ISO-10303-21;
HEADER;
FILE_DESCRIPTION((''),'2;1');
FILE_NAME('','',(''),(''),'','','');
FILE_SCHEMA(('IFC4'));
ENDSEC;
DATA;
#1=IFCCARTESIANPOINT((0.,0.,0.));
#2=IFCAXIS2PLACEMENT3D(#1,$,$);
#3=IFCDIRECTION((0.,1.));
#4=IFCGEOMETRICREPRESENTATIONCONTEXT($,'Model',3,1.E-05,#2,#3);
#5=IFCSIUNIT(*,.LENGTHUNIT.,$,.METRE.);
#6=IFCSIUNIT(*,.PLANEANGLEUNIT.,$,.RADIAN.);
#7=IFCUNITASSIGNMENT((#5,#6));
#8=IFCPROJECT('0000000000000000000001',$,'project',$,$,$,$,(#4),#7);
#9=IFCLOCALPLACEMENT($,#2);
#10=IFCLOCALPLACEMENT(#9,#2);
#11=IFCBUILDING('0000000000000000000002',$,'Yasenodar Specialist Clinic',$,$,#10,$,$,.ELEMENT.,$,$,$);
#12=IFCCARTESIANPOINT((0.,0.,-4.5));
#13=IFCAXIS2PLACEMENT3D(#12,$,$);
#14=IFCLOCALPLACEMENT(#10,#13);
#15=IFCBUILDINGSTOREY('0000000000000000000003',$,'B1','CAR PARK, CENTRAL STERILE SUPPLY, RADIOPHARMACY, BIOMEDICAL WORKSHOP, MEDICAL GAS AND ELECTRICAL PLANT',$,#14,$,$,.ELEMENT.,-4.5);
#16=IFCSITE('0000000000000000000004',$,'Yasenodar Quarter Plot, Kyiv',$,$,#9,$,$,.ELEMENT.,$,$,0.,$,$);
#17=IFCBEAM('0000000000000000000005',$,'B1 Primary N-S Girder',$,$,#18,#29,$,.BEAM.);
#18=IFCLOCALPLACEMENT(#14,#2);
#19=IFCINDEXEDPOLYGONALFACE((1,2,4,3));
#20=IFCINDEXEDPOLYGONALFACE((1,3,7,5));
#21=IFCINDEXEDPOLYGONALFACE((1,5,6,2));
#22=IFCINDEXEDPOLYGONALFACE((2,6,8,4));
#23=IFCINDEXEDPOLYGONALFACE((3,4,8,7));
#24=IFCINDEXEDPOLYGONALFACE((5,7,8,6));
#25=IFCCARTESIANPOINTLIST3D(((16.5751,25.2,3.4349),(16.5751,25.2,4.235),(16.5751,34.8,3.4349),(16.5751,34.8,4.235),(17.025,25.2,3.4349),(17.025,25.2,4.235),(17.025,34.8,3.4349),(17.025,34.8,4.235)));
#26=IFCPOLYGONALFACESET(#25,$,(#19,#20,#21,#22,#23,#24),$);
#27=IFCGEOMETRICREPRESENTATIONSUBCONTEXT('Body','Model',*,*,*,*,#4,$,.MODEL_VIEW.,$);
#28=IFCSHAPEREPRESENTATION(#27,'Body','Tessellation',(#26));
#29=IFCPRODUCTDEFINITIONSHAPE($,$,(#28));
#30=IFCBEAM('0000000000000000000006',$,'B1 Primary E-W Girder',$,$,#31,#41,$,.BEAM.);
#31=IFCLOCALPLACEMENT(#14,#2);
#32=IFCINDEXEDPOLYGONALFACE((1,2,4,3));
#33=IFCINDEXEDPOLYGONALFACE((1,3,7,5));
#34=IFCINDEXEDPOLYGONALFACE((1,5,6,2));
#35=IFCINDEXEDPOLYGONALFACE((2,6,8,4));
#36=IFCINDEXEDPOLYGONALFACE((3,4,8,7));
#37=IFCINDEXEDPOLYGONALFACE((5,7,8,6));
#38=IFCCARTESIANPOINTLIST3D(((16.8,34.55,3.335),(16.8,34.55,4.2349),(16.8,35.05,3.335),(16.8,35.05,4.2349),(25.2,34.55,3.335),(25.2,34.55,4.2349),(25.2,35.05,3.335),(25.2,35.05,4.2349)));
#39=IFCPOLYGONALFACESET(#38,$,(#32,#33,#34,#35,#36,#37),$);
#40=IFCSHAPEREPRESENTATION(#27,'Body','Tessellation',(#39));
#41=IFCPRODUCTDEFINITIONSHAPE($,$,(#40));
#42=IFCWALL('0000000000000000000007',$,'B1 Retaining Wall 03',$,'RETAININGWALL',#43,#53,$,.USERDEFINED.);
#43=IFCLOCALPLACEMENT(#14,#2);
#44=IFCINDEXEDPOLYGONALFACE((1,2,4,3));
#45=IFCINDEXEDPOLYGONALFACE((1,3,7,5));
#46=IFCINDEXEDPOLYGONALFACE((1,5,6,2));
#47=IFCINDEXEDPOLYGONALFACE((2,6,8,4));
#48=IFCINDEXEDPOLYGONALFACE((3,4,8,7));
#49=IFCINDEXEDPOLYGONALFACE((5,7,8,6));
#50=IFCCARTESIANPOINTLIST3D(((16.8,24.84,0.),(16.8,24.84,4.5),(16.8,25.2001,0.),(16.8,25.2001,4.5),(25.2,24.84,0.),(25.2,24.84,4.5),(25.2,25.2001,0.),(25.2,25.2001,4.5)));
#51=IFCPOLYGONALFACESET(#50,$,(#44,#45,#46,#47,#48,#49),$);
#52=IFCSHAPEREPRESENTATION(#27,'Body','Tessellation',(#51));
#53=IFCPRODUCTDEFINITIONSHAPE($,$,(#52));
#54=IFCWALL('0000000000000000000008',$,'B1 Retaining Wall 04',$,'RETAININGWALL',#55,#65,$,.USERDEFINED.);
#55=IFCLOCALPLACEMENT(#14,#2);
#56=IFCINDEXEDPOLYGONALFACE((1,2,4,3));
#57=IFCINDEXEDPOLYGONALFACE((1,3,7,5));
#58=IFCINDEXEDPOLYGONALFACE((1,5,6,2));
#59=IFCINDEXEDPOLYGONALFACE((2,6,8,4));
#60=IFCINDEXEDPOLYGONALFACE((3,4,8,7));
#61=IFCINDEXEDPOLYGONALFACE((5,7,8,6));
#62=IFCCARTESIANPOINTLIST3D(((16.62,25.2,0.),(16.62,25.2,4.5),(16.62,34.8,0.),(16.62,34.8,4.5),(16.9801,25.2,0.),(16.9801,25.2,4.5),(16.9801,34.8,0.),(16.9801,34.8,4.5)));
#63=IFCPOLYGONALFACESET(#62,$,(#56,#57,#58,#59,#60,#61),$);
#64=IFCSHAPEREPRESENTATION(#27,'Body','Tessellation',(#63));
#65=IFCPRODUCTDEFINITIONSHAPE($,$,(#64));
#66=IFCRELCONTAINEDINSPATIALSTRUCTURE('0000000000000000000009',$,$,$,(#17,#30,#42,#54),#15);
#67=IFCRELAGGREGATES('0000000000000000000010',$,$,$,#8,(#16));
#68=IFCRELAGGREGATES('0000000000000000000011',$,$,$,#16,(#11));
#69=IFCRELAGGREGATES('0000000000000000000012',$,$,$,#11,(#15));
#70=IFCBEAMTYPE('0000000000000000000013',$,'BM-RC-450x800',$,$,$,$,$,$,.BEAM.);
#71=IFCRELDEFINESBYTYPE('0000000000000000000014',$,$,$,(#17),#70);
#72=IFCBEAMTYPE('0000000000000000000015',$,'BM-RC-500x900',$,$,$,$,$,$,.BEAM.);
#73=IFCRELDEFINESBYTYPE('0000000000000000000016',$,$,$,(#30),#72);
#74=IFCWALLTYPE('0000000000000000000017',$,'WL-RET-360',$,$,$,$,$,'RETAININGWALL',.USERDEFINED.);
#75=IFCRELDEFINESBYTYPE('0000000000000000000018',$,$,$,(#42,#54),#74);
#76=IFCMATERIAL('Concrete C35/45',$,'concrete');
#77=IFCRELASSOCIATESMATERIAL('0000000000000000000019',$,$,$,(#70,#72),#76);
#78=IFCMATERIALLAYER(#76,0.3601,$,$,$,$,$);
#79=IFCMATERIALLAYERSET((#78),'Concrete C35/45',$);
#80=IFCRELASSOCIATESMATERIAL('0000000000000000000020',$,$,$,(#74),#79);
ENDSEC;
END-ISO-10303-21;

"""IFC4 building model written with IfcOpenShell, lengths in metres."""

from ifc_helpers import new_model, si_unit, direction, frame, frame_2d, origin, origin_2d, place, context, subcontext, project, spatial, rectangle, extrude, material, layer, layer_set, material_profile, profile_set, type_object, element, save


model = new_model("IFC4")

# Units and contexts
model_context = context("Model", 3, precision=1e-05, world=origin(), true_north=direction((0.0, 1.0)))
body_context = subcontext(model_context, "Body", "Model", "MODEL_VIEW")
ifc_project = project(units=[si_unit("LENGTHUNIT", "METRE"), si_unit("PLANEANGLEUNIT", "RADIAN")], contexts=[model_context])

# Site, building, storey
site_placement = place(None, origin())
site = spatial("IfcSite", under=ifc_project, at=site_placement, Name="Yasenodar Quarter Plot, Kyiv", CompositionType="ELEMENT", RefElevation=0.0)
building_placement = place(site_placement, origin())
building = spatial("IfcBuilding", under=site, at=building_placement, Name="Yasenodar Specialist Clinic", CompositionType="ELEMENT")
storey_placement = place(building_placement, frame((0.0, 0.0, -4.5)))
storey = spatial("IfcBuildingStorey", under=building, at=storey_placement, Name="B1", Description="CAR PARK, CENTRAL STERILE SUPPLY, RADIOPHARMACY, BIOMEDICAL WORKSHOP, MEDICAL GAS AND ELECTRICAL PLANT", CompositionType="ELEMENT", Elevation=-4.5)

# Shared definitions
ifc_material_1 = material(Name="Concrete C35/45", Category="concrete")

# Beams
ifc_material_profile_1 = material_profile(ifc_material_1, rectangle(XDim=0.45, YDim=0.8, at=origin_2d()), Name="RC 450x800")
ifc_profile_set_1 = profile_set([ifc_material_profile_1], Name="Concrete C35/45")
beam_type_1 = type_object("IfcBeamType", Name="BM-RC-450x800", PredefinedType="BEAM", material=ifc_profile_set_1)
beam_1_placement = place(storey_placement, frame((16.8, 25.2, 3.835), z_axis=(0.0, 1.0, 0.0), x_axis=(-1.0, 0.0, 0.0)))
element("IfcBeam", 1, at=beam_1_placement, inside=storey, type_object=beam_type_1, Name="B1 Primary N-S Girder", PredefinedType="BEAM", context=body_context, shape_type="SweptSolid", body=[
    extrude(rectangle(XDim=0.45, YDim=0.8, at=origin_2d()), origin(), (0.0, 0.0, 1.0), 9.6001),
])
ifc_material_profile_2 = material_profile(ifc_material_1, rectangle(XDim=0.5, YDim=0.8999, at=origin_2d()), Name="RC 500x900")
ifc_profile_set_2 = profile_set([ifc_material_profile_2], Name="Concrete C35/45")
beam_type_2 = type_object("IfcBeamType", Name="BM-RC-500x900", PredefinedType="BEAM", material=ifc_profile_set_2)
beam_2_placement = place(storey_placement, frame((16.8, 34.8, 3.7849), z_axis=(1.0, 0.0, 0.0), x_axis=(0.0, 1.0, 0.0)))
element("IfcBeam", 2, at=beam_2_placement, inside=storey, type_object=beam_type_2, Name="B1 Primary E-W Girder", PredefinedType="BEAM", context=body_context, shape_type="SweptSolid", body=[
    extrude(rectangle(XDim=0.5, YDim=0.8999, at=origin_2d()), origin(), (0.0, 0.0, 1.0), 8.3999),
])

# Walls
ifc_layer = layer(ifc_material_1, 0.3601)
ifc_layer_set = layer_set([ifc_layer], Name="Concrete C35/45")
wall_type = type_object("IfcWallType", Name="WL-RET-360", ElementType="RETAININGWALL", PredefinedType="USERDEFINED", material=ifc_layer_set)
wall_1_placement = place(storey_placement, frame((16.8, 25.02, 0.0), z_axis=(0.0, 0.0, 1.0), x_axis=(1.0, 0.0, 0.0)))
element("IfcWall", 3, at=wall_1_placement, inside=storey, type_object=wall_type, Name="B1 Retaining Wall 03", ObjectType="RETAININGWALL", PredefinedType="USERDEFINED", context=body_context, shape_type="SweptSolid", body=[
    extrude(rectangle(XDim=8.3999, YDim=0.3601, at=frame_2d((4.2, 0.0))), origin(), (0.0, 0.0, 1.0), 4.5),
])
wall_2_placement = place(storey_placement, frame((16.8, 25.2, 0.0), z_axis=(0.0, 0.0, 1.0), x_axis=(0.0, 1.0, 0.0)))
element("IfcWall", 4, at=wall_2_placement, inside=storey, type_object=wall_type, Name="B1 Retaining Wall 04", ObjectType="RETAININGWALL", PredefinedType="USERDEFINED", context=body_context, shape_type="SweptSolid", body=[
    extrude(rectangle(XDim=9.6001, YDim=0.3601, at=frame_2d((4.8, 0.0))), origin(), (0.0, 0.0, 1.0), 4.5),
])

save(model, "model.ifc")
